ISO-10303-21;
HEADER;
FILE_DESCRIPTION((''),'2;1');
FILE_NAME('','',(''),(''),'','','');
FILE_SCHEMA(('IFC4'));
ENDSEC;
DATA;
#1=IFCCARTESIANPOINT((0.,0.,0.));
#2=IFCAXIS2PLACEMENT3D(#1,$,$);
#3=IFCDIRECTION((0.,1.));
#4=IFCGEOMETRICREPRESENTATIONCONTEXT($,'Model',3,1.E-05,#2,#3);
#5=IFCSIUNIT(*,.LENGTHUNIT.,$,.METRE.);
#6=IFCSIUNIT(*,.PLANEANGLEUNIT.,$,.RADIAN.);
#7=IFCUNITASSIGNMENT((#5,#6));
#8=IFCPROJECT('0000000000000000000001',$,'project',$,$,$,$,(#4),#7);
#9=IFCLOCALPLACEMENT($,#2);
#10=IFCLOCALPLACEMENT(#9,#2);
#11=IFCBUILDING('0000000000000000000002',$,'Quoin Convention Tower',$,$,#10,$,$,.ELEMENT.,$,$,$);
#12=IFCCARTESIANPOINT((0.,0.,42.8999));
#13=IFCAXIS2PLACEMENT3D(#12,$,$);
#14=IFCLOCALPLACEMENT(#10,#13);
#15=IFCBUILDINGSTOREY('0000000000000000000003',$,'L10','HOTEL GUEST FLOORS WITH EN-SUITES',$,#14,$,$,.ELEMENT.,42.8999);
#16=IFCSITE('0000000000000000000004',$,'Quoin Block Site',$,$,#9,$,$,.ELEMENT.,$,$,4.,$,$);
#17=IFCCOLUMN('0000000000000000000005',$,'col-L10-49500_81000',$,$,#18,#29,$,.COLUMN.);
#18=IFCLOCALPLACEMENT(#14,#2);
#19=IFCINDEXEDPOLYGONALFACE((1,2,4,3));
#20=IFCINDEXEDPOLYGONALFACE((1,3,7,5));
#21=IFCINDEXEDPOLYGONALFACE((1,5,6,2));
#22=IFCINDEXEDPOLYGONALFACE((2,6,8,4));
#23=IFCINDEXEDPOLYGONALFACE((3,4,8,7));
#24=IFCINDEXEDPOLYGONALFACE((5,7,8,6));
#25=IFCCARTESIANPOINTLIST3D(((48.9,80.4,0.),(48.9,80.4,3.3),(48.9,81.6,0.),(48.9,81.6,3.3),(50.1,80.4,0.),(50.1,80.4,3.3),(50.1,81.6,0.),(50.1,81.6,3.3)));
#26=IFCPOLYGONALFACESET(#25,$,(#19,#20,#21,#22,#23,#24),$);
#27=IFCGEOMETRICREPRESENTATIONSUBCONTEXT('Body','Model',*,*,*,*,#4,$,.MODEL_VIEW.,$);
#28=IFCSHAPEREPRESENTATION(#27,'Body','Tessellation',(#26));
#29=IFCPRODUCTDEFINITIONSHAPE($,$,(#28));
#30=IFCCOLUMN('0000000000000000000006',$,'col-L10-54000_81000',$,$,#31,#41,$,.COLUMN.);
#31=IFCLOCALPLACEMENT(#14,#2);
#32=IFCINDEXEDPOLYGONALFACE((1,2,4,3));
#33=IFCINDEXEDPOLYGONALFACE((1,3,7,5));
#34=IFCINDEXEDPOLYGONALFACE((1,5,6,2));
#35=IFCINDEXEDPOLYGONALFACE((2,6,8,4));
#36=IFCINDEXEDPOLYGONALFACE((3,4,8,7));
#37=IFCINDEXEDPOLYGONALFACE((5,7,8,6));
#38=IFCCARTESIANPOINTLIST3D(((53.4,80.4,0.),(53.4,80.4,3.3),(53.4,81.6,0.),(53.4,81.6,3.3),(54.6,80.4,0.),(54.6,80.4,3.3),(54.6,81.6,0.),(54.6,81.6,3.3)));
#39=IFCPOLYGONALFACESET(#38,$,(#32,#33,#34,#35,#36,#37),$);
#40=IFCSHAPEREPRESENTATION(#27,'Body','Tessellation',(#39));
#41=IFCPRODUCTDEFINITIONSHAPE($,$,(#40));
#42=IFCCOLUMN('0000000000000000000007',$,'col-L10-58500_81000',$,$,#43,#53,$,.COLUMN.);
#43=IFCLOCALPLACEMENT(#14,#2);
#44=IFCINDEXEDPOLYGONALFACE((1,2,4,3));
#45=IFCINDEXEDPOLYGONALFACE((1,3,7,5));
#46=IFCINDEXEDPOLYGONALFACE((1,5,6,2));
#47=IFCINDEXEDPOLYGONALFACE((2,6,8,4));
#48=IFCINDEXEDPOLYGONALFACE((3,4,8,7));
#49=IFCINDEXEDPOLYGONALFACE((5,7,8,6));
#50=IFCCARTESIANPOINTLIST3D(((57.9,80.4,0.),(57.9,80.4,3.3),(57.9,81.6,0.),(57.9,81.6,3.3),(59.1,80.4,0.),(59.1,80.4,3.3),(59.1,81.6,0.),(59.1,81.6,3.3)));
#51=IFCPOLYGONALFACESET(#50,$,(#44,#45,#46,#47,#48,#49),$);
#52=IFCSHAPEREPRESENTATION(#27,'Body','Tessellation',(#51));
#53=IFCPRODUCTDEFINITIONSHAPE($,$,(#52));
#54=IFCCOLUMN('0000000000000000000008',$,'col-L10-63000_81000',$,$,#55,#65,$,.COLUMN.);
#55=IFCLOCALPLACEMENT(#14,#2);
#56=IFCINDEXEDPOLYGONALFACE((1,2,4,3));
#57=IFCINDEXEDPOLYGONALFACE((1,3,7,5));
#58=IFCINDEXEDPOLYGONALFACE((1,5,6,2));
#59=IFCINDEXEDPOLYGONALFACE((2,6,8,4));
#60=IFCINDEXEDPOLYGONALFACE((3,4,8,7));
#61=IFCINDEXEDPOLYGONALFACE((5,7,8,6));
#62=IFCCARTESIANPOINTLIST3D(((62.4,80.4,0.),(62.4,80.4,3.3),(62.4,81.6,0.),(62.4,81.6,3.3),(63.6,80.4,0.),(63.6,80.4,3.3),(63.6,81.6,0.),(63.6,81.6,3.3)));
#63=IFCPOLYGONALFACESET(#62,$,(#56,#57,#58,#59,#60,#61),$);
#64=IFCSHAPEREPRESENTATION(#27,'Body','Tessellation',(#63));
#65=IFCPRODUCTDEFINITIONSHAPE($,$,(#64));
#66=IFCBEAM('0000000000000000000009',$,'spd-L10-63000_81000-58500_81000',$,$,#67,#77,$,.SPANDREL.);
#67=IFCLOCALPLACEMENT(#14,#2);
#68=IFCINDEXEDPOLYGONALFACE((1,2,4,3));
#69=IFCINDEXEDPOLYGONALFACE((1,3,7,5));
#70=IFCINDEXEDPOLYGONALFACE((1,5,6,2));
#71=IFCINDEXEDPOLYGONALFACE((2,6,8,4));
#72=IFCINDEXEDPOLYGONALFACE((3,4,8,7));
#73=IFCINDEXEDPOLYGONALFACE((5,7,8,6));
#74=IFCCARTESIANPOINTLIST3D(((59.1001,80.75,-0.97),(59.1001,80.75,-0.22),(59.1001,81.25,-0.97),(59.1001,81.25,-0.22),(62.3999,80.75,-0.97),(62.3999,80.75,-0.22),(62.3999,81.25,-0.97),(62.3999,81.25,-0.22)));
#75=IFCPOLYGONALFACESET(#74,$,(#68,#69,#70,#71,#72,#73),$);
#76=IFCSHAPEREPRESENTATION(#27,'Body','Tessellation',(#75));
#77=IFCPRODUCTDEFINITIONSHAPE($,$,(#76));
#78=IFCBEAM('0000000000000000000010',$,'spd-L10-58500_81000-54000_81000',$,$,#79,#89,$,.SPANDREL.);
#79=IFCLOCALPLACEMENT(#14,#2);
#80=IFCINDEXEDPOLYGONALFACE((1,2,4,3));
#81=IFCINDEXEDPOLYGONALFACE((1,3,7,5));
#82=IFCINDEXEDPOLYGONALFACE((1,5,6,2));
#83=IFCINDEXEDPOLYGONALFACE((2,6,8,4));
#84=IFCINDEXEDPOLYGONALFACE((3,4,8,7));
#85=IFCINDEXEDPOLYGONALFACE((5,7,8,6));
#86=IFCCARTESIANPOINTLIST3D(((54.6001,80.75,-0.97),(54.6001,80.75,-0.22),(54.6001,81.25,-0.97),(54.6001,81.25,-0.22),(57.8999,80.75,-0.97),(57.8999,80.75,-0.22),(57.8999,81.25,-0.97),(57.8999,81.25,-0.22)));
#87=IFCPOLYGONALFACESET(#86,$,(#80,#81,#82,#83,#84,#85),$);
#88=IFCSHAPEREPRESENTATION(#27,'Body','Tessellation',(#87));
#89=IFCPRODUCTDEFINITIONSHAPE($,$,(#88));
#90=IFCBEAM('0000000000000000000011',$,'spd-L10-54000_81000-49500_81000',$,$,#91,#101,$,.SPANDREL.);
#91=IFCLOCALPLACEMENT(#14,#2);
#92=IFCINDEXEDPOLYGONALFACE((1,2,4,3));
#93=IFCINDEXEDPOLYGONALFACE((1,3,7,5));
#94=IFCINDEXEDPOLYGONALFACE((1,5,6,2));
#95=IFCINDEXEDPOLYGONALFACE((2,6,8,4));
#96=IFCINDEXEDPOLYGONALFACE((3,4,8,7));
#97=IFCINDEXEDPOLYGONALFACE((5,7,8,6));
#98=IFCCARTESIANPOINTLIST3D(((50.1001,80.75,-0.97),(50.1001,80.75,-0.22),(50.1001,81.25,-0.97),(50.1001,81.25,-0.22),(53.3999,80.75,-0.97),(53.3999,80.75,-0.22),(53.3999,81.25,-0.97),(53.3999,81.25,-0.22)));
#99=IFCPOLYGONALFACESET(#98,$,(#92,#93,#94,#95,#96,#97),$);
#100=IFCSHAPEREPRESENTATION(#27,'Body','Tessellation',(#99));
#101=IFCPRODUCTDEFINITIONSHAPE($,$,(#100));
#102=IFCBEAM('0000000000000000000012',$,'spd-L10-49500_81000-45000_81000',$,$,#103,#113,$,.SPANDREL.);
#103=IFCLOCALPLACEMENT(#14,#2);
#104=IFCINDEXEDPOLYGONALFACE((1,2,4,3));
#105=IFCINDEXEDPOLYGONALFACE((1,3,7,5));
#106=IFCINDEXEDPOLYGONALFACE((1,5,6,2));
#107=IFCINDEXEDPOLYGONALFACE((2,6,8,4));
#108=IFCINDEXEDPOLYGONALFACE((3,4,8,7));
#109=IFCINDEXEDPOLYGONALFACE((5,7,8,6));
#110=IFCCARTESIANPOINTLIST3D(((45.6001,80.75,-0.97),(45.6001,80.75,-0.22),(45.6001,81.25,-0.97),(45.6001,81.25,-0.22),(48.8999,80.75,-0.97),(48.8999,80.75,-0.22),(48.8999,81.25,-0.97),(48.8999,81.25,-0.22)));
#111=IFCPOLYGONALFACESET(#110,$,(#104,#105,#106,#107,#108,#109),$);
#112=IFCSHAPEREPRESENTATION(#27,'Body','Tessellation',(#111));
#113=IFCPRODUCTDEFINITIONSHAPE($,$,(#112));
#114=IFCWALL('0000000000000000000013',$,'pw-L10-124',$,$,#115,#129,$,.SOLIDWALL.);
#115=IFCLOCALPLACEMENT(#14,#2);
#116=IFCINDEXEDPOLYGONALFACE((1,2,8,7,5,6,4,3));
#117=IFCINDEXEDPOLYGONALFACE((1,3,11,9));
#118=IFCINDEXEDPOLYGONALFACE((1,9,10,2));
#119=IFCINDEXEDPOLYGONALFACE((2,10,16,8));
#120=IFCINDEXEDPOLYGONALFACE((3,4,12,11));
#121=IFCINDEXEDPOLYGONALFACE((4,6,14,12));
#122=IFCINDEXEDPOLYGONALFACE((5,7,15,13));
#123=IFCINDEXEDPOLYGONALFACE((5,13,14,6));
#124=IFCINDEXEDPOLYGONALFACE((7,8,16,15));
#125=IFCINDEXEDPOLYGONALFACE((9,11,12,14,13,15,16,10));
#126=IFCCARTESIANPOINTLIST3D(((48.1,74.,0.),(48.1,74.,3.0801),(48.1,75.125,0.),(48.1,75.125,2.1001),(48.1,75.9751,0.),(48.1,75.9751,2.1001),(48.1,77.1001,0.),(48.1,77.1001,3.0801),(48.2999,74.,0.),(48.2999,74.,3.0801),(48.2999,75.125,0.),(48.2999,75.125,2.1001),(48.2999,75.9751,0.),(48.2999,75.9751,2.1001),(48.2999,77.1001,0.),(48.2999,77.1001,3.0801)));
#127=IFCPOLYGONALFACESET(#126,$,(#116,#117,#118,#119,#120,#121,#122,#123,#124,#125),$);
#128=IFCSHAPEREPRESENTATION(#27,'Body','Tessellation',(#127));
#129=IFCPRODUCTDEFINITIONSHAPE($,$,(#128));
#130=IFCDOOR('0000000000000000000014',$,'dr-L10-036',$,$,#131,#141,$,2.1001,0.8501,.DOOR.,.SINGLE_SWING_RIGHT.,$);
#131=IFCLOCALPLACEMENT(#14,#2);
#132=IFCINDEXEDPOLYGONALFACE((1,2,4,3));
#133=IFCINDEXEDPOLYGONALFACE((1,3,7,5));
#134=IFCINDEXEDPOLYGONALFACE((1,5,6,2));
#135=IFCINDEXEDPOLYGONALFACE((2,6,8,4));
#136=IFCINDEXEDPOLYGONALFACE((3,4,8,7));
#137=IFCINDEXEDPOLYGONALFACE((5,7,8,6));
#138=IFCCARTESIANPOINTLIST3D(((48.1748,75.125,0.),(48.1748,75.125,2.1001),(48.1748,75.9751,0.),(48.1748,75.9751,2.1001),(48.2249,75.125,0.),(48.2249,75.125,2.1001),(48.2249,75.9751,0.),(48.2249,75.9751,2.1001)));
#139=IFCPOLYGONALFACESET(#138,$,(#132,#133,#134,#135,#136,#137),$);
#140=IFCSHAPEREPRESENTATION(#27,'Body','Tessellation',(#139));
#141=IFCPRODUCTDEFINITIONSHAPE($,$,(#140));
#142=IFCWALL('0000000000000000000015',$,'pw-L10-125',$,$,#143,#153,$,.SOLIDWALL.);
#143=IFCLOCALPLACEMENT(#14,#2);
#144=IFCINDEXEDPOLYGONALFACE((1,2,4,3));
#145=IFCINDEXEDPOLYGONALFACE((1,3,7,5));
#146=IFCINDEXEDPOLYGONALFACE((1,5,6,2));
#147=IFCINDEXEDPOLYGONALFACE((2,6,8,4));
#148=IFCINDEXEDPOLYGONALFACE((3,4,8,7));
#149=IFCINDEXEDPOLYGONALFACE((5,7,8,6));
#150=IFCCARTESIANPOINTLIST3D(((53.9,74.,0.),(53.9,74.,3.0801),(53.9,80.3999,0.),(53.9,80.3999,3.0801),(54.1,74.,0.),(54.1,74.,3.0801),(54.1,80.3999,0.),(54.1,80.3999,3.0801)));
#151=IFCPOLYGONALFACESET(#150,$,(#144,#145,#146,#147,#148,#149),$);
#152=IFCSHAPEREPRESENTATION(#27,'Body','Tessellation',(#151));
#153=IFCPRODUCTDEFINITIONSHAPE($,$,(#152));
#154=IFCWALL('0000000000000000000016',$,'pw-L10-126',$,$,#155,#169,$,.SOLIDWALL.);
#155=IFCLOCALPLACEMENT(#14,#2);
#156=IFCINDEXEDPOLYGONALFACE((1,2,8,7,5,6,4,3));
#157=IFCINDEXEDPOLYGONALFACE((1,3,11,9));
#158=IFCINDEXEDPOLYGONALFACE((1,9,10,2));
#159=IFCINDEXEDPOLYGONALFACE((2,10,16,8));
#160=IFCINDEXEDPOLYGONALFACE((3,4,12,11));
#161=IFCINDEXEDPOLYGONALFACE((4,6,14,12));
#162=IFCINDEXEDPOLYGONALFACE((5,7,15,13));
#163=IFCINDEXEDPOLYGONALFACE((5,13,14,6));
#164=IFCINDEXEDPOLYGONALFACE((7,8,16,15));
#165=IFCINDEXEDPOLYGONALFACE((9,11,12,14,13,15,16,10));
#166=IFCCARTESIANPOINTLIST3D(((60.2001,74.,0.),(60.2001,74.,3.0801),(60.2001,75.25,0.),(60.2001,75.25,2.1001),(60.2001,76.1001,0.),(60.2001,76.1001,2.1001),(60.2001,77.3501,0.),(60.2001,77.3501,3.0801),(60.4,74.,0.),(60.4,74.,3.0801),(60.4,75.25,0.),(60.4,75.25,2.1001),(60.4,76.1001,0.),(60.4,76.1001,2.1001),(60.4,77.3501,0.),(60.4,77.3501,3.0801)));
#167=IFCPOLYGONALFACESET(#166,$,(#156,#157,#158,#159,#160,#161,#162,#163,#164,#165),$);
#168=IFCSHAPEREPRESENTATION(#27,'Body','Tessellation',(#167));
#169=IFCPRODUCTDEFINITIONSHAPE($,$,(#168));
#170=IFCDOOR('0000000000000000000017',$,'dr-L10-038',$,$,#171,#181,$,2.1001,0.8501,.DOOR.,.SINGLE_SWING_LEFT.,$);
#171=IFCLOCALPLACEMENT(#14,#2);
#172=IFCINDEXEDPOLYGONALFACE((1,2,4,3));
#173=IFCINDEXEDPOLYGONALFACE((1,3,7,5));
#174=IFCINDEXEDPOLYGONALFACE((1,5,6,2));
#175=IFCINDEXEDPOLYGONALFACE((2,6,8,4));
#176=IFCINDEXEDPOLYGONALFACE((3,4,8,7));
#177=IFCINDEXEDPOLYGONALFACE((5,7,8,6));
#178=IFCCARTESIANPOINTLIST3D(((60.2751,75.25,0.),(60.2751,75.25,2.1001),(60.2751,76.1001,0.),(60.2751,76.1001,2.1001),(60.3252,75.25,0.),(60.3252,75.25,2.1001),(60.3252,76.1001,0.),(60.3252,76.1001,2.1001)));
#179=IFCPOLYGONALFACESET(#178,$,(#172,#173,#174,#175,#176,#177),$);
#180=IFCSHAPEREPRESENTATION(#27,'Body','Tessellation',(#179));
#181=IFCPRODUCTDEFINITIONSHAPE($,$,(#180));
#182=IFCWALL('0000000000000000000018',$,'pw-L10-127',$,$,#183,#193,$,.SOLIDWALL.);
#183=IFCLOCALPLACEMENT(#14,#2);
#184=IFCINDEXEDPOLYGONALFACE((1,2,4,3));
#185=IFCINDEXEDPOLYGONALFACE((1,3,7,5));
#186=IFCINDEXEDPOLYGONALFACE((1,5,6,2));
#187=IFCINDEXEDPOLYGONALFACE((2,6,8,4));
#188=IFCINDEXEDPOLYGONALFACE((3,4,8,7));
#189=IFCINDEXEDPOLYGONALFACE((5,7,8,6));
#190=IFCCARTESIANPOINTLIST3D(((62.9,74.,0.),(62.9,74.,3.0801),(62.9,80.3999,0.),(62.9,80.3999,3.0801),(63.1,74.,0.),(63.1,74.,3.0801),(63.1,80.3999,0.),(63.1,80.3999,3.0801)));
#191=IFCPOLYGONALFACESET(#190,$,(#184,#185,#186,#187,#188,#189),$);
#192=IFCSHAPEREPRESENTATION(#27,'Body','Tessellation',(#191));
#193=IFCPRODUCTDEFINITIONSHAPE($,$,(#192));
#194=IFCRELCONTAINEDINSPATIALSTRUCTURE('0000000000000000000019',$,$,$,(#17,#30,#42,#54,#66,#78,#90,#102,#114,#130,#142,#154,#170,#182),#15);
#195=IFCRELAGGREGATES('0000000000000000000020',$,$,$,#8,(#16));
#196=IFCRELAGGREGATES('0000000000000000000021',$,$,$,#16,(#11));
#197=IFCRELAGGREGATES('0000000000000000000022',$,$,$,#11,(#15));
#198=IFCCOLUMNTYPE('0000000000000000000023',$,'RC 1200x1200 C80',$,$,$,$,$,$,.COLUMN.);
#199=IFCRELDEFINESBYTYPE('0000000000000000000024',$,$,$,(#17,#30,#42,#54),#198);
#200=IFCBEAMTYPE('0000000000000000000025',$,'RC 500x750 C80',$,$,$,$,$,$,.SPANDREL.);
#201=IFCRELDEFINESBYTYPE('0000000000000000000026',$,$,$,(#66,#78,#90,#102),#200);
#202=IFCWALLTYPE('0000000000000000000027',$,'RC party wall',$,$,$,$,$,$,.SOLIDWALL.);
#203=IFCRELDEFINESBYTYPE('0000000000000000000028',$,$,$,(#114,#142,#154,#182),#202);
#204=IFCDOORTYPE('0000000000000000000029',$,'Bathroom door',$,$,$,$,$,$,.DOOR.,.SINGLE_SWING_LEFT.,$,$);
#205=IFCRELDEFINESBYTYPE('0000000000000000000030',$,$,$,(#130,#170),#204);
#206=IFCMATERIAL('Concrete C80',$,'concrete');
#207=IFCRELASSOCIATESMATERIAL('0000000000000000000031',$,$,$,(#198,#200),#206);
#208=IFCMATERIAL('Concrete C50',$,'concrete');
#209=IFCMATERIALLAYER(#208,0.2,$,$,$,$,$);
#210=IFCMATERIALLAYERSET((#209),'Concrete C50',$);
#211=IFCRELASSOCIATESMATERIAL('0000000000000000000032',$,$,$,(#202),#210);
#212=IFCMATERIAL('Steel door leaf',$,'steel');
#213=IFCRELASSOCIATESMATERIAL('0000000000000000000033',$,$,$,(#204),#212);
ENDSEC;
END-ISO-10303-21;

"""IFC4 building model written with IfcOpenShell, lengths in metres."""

from ifc_helpers import new_model, si_unit, direction, frame, frame_2d, origin, origin_2d, place, context, subcontext, project, spatial, rectangle, extrude, material, layer, layer_set, material_profile, profile_set, type_object, element, fill, save


model = new_model("IFC4")

# Units and contexts
model_context = context("Model", 3, precision=1e-05, world=origin(), true_north=direction((0.0, 1.0)))
body_context = subcontext(model_context, "Body", "Model", "MODEL_VIEW")
ifc_project = project(units=[si_unit("LENGTHUNIT", "METRE"), si_unit("PLANEANGLEUNIT", "RADIAN")], contexts=[model_context])

# Site, building, storey
site_placement = place(None, origin())
site = spatial("IfcSite", under=ifc_project, at=site_placement, Name="Quoin Block Site", CompositionType="ELEMENT", RefElevation=4.0)
building_placement = place(site_placement, origin())
building = spatial("IfcBuilding", under=site, at=building_placement, Name="Quoin Convention Tower", CompositionType="ELEMENT")
storey_placement = place(building_placement, frame((0.0, 0.0, 42.8999)))
storey = spatial("IfcBuildingStorey", under=building, at=storey_placement, Name="L10", Description="HOTEL GUEST FLOORS WITH EN-SUITES", CompositionType="ELEMENT", Elevation=42.8999)

# Columns
ifc_material_1 = material(Name="Concrete C80", Category="concrete")
ifc_material_profile_1 = material_profile(ifc_material_1, rectangle(XDim=1.2, YDim=1.2, at=origin_2d()), Name="RC 1200x1200")
ifc_profile_set_1 = profile_set([ifc_material_profile_1], Name="Concrete C80")
column_type = type_object("IfcColumnType", Name="RC 1200x1200 C80", PredefinedType="COLUMN", material=ifc_profile_set_1)
for number, where, z_axis, x_axis, name in (
    (1, (49.5, 81.0, 0.0), (0.0, 0.0, 1.0), (1.0, 0.0, 0.0), "col-L10-49500_81000"),
    (2, (54.0, 81.0, 0.0), (0.0, 0.0, 1.0), (1.0, 0.0, 0.0), "col-L10-54000_81000"),
    (3, (58.5, 81.0, 0.0), (0.0, 0.0, 1.0), (1.0, 0.0, 0.0), "col-L10-58500_81000"),
    (4, (63.0, 81.0, 0.0), (0.0, 0.0, 1.0), (1.0, 0.0, 0.0), "col-L10-63000_81000"),
):
    element("IfcColumn", number, at=place(storey_placement, frame(where, z_axis=z_axis, x_axis=x_axis)), inside=storey, type_object=column_type, Name=name, PredefinedType="COLUMN", context=body_context, shape_type="SweptSolid", body=[
        extrude(rectangle(XDim=1.2, YDim=1.2, at=origin_2d()), origin(), (0.0, 0.0, 1.0), 3.3),
    ])

# Beams
ifc_material_profile_2 = material_profile(ifc_material_1, rectangle(XDim=0.5, YDim=0.75, at=origin_2d()), Name="RC 500x750")
ifc_profile_set_2 = profile_set([ifc_material_profile_2], Name="Concrete C80")
beam_type = type_object("IfcBeamType", Name="RC 500x750 C80", PredefinedType="SPANDREL", material=ifc_profile_set_2)
for number, where, z_axis, x_axis, name in (
    (5, (62.3999, 81.0, -0.595), (-1.0, 0.0, 0.0), (0.0, -1.0, 0.0), "spd-L10-63000_81000-58500_81000"),
    (6, (57.8999, 81.0, -0.595), (-1.0, 0.0, 0.0), (0.0, -1.0, 0.0), "spd-L10-58500_81000-54000_81000"),
    (7, (53.3999, 81.0, -0.595), (-1.0, 0.0, 0.0), (0.0, -1.0, 0.0), "spd-L10-54000_81000-49500_81000"),
    (8, (48.8999, 81.0, -0.595), (-1.0, 0.0, 0.0), (0.0, -1.0, 0.0), "spd-L10-49500_81000-45000_81000"),
):
    element("IfcBeam", number, at=place(storey_placement, frame(where, z_axis=z_axis, x_axis=x_axis)), inside=storey, type_object=beam_type, Name=name, PredefinedType="SPANDREL", context=body_context, shape_type="SweptSolid", body=[
        extrude(rectangle(XDim=0.5, YDim=0.75, at=origin_2d()), origin(), (0.0, 0.0, 1.0), 3.2998),
    ])

# Wall, opening, door
ifc_material_2 = material(Name="Concrete C50", Category="concrete")
ifc_layer = layer(ifc_material_2, 0.2)
ifc_layer_set = layer_set([ifc_layer], Name="Concrete C50")
wall_type = type_object("IfcWallType", Name="RC party wall", PredefinedType="SOLIDWALL", material=ifc_layer_set)
wall_1_placement = place(storey_placement, frame((48.2, 74.0, 0.0), z_axis=(0.0, 0.0, 1.0), x_axis=(0.0, 1.0, 0.0)))
wall_1 = element("IfcWall", 9, at=wall_1_placement, inside=storey, type_object=wall_type, Name="pw-L10-124", PredefinedType="SOLIDWALL", context=body_context, shape_type="SweptSolid", body=[
    extrude(rectangle(XDim=3.1001, YDim=0.2, at=frame_2d((1.55, 0.0))), origin(), (0.0, 0.0, 1.0), 3.0801),
])
opening_1_placement = place(wall_1_placement, frame((1.125, 0.0, 0.0)))
opening_1 = element("IfcOpeningElement", 10, at=opening_1_placement, cuts=wall_1, PredefinedType="OPENING", context=body_context, shape_type="SweptSolid", body=[
    extrude(rectangle(XDim=0.8501, YDim=2.1001, at=frame_2d((0.425, 1.05))), frame((0.0, 0.1099, 0.0), z_axis=(0.0, -1.0, 0.0), x_axis=(1.0, 0.0, 0.0)), (0.0, 0.0, 1.0), 0.22),
])
ifc_material_3 = material(Name="Steel door leaf", Category="steel")
door_type = type_object("IfcDoorType", Name="Bathroom door", OperationType="SINGLE_SWING_LEFT", PredefinedType="DOOR", material=ifc_material_3)
door_1_placement = place(opening_1_placement, frame((0.8501, 0.0, 0.0), z_axis=(0.0, 0.0, 1.0), x_axis=(-1.0, 0.0, 0.0)))
door_1 = element("IfcDoor", 11, at=door_1_placement, inside=storey, type_object=door_type, Name="dr-L10-036", OperationType="SINGLE_SWING_RIGHT", OverallHeight=2.1001, OverallWidth=0.8501, PredefinedType="DOOR", context=body_context, shape_type="SweptSolid", body=[
    extrude(rectangle(XDim=0.8501, YDim=2.1001, at=frame_2d((0.425, 1.05))), frame((0.0, 0.0249, 0.0), z_axis=(0.0, -1.0, 0.0), x_axis=(1.0, 0.0, 0.0)), (0.0, 0.0, 1.0), 0.05),
])
fill(opening_1, door_1)

# Wall
wall_2_placement = place(storey_placement, frame((54.0, 74.0, 0.0), z_axis=(0.0, 0.0, 1.0), x_axis=(0.0, 1.0, 0.0)))
element("IfcWall", 12, at=wall_2_placement, inside=storey, type_object=wall_type, Name="pw-L10-125", PredefinedType="SOLIDWALL", context=body_context, shape_type="SweptSolid", body=[
    extrude(rectangle(XDim=6.3999, YDim=0.2, at=frame_2d((3.2, 0.0))), origin(), (0.0, 0.0, 1.0), 3.0801),
])

# Wall, opening, door
wall_3_placement = place(storey_placement, frame((60.3, 74.0, 0.0), z_axis=(0.0, 0.0, 1.0), x_axis=(0.0, 1.0, 0.0)))
wall_3 = element("IfcWall", 13, at=wall_3_placement, inside=storey, type_object=wall_type, Name="pw-L10-126", PredefinedType="SOLIDWALL", context=body_context, shape_type="SweptSolid", body=[
    extrude(rectangle(XDim=3.3501, YDim=0.2, at=frame_2d((1.675, 0.0))), origin(), (0.0, 0.0, 1.0), 3.0801),
])
opening_2_placement = place(wall_3_placement, frame((1.25, 0.0, 0.0)))
opening_2 = element("IfcOpeningElement", 14, at=opening_2_placement, cuts=wall_3, PredefinedType="OPENING", context=body_context, shape_type="SweptSolid", body=[
    extrude(rectangle(XDim=0.8501, YDim=2.1001, at=frame_2d((0.425, 1.05))), frame((0.0, 0.1099, 0.0), z_axis=(0.0, -1.0, 0.0), x_axis=(1.0, 0.0, 0.0)), (0.0, 0.0, 1.0), 0.22),
])
door_2_placement = place(opening_2_placement, origin())
door_2 = element("IfcDoor", 15, at=door_2_placement, inside=storey, type_object=door_type, Name="dr-L10-038", OperationType="SINGLE_SWING_LEFT", OverallHeight=2.1001, OverallWidth=0.8501, PredefinedType="DOOR", context=body_context, shape_type="SweptSolid", body=[
    extrude(rectangle(XDim=0.8501, YDim=2.1001, at=frame_2d((0.425, 1.05))), frame((0.0, 0.0249, 0.0), z_axis=(0.0, -1.0, 0.0), x_axis=(1.0, 0.0, 0.0)), (0.0, 0.0, 1.0), 0.05),
])
fill(opening_2, door_2)

# Wall
wall_4_placement = place(storey_placement, frame((63.0, 74.0, 0.0), z_axis=(0.0, 0.0, 1.0), x_axis=(0.0, 1.0, 0.0)))
element("IfcWall", 16, at=wall_4_placement, inside=storey, type_object=wall_type, Name="pw-L10-127", PredefinedType="SOLIDWALL", context=body_context, shape_type="SweptSolid", body=[
    extrude(rectangle(XDim=6.3999, YDim=0.2, at=frame_2d((3.2, 0.0))), origin(), (0.0, 0.0, 1.0), 3.0801),
])

save(model, "model.ifc")
